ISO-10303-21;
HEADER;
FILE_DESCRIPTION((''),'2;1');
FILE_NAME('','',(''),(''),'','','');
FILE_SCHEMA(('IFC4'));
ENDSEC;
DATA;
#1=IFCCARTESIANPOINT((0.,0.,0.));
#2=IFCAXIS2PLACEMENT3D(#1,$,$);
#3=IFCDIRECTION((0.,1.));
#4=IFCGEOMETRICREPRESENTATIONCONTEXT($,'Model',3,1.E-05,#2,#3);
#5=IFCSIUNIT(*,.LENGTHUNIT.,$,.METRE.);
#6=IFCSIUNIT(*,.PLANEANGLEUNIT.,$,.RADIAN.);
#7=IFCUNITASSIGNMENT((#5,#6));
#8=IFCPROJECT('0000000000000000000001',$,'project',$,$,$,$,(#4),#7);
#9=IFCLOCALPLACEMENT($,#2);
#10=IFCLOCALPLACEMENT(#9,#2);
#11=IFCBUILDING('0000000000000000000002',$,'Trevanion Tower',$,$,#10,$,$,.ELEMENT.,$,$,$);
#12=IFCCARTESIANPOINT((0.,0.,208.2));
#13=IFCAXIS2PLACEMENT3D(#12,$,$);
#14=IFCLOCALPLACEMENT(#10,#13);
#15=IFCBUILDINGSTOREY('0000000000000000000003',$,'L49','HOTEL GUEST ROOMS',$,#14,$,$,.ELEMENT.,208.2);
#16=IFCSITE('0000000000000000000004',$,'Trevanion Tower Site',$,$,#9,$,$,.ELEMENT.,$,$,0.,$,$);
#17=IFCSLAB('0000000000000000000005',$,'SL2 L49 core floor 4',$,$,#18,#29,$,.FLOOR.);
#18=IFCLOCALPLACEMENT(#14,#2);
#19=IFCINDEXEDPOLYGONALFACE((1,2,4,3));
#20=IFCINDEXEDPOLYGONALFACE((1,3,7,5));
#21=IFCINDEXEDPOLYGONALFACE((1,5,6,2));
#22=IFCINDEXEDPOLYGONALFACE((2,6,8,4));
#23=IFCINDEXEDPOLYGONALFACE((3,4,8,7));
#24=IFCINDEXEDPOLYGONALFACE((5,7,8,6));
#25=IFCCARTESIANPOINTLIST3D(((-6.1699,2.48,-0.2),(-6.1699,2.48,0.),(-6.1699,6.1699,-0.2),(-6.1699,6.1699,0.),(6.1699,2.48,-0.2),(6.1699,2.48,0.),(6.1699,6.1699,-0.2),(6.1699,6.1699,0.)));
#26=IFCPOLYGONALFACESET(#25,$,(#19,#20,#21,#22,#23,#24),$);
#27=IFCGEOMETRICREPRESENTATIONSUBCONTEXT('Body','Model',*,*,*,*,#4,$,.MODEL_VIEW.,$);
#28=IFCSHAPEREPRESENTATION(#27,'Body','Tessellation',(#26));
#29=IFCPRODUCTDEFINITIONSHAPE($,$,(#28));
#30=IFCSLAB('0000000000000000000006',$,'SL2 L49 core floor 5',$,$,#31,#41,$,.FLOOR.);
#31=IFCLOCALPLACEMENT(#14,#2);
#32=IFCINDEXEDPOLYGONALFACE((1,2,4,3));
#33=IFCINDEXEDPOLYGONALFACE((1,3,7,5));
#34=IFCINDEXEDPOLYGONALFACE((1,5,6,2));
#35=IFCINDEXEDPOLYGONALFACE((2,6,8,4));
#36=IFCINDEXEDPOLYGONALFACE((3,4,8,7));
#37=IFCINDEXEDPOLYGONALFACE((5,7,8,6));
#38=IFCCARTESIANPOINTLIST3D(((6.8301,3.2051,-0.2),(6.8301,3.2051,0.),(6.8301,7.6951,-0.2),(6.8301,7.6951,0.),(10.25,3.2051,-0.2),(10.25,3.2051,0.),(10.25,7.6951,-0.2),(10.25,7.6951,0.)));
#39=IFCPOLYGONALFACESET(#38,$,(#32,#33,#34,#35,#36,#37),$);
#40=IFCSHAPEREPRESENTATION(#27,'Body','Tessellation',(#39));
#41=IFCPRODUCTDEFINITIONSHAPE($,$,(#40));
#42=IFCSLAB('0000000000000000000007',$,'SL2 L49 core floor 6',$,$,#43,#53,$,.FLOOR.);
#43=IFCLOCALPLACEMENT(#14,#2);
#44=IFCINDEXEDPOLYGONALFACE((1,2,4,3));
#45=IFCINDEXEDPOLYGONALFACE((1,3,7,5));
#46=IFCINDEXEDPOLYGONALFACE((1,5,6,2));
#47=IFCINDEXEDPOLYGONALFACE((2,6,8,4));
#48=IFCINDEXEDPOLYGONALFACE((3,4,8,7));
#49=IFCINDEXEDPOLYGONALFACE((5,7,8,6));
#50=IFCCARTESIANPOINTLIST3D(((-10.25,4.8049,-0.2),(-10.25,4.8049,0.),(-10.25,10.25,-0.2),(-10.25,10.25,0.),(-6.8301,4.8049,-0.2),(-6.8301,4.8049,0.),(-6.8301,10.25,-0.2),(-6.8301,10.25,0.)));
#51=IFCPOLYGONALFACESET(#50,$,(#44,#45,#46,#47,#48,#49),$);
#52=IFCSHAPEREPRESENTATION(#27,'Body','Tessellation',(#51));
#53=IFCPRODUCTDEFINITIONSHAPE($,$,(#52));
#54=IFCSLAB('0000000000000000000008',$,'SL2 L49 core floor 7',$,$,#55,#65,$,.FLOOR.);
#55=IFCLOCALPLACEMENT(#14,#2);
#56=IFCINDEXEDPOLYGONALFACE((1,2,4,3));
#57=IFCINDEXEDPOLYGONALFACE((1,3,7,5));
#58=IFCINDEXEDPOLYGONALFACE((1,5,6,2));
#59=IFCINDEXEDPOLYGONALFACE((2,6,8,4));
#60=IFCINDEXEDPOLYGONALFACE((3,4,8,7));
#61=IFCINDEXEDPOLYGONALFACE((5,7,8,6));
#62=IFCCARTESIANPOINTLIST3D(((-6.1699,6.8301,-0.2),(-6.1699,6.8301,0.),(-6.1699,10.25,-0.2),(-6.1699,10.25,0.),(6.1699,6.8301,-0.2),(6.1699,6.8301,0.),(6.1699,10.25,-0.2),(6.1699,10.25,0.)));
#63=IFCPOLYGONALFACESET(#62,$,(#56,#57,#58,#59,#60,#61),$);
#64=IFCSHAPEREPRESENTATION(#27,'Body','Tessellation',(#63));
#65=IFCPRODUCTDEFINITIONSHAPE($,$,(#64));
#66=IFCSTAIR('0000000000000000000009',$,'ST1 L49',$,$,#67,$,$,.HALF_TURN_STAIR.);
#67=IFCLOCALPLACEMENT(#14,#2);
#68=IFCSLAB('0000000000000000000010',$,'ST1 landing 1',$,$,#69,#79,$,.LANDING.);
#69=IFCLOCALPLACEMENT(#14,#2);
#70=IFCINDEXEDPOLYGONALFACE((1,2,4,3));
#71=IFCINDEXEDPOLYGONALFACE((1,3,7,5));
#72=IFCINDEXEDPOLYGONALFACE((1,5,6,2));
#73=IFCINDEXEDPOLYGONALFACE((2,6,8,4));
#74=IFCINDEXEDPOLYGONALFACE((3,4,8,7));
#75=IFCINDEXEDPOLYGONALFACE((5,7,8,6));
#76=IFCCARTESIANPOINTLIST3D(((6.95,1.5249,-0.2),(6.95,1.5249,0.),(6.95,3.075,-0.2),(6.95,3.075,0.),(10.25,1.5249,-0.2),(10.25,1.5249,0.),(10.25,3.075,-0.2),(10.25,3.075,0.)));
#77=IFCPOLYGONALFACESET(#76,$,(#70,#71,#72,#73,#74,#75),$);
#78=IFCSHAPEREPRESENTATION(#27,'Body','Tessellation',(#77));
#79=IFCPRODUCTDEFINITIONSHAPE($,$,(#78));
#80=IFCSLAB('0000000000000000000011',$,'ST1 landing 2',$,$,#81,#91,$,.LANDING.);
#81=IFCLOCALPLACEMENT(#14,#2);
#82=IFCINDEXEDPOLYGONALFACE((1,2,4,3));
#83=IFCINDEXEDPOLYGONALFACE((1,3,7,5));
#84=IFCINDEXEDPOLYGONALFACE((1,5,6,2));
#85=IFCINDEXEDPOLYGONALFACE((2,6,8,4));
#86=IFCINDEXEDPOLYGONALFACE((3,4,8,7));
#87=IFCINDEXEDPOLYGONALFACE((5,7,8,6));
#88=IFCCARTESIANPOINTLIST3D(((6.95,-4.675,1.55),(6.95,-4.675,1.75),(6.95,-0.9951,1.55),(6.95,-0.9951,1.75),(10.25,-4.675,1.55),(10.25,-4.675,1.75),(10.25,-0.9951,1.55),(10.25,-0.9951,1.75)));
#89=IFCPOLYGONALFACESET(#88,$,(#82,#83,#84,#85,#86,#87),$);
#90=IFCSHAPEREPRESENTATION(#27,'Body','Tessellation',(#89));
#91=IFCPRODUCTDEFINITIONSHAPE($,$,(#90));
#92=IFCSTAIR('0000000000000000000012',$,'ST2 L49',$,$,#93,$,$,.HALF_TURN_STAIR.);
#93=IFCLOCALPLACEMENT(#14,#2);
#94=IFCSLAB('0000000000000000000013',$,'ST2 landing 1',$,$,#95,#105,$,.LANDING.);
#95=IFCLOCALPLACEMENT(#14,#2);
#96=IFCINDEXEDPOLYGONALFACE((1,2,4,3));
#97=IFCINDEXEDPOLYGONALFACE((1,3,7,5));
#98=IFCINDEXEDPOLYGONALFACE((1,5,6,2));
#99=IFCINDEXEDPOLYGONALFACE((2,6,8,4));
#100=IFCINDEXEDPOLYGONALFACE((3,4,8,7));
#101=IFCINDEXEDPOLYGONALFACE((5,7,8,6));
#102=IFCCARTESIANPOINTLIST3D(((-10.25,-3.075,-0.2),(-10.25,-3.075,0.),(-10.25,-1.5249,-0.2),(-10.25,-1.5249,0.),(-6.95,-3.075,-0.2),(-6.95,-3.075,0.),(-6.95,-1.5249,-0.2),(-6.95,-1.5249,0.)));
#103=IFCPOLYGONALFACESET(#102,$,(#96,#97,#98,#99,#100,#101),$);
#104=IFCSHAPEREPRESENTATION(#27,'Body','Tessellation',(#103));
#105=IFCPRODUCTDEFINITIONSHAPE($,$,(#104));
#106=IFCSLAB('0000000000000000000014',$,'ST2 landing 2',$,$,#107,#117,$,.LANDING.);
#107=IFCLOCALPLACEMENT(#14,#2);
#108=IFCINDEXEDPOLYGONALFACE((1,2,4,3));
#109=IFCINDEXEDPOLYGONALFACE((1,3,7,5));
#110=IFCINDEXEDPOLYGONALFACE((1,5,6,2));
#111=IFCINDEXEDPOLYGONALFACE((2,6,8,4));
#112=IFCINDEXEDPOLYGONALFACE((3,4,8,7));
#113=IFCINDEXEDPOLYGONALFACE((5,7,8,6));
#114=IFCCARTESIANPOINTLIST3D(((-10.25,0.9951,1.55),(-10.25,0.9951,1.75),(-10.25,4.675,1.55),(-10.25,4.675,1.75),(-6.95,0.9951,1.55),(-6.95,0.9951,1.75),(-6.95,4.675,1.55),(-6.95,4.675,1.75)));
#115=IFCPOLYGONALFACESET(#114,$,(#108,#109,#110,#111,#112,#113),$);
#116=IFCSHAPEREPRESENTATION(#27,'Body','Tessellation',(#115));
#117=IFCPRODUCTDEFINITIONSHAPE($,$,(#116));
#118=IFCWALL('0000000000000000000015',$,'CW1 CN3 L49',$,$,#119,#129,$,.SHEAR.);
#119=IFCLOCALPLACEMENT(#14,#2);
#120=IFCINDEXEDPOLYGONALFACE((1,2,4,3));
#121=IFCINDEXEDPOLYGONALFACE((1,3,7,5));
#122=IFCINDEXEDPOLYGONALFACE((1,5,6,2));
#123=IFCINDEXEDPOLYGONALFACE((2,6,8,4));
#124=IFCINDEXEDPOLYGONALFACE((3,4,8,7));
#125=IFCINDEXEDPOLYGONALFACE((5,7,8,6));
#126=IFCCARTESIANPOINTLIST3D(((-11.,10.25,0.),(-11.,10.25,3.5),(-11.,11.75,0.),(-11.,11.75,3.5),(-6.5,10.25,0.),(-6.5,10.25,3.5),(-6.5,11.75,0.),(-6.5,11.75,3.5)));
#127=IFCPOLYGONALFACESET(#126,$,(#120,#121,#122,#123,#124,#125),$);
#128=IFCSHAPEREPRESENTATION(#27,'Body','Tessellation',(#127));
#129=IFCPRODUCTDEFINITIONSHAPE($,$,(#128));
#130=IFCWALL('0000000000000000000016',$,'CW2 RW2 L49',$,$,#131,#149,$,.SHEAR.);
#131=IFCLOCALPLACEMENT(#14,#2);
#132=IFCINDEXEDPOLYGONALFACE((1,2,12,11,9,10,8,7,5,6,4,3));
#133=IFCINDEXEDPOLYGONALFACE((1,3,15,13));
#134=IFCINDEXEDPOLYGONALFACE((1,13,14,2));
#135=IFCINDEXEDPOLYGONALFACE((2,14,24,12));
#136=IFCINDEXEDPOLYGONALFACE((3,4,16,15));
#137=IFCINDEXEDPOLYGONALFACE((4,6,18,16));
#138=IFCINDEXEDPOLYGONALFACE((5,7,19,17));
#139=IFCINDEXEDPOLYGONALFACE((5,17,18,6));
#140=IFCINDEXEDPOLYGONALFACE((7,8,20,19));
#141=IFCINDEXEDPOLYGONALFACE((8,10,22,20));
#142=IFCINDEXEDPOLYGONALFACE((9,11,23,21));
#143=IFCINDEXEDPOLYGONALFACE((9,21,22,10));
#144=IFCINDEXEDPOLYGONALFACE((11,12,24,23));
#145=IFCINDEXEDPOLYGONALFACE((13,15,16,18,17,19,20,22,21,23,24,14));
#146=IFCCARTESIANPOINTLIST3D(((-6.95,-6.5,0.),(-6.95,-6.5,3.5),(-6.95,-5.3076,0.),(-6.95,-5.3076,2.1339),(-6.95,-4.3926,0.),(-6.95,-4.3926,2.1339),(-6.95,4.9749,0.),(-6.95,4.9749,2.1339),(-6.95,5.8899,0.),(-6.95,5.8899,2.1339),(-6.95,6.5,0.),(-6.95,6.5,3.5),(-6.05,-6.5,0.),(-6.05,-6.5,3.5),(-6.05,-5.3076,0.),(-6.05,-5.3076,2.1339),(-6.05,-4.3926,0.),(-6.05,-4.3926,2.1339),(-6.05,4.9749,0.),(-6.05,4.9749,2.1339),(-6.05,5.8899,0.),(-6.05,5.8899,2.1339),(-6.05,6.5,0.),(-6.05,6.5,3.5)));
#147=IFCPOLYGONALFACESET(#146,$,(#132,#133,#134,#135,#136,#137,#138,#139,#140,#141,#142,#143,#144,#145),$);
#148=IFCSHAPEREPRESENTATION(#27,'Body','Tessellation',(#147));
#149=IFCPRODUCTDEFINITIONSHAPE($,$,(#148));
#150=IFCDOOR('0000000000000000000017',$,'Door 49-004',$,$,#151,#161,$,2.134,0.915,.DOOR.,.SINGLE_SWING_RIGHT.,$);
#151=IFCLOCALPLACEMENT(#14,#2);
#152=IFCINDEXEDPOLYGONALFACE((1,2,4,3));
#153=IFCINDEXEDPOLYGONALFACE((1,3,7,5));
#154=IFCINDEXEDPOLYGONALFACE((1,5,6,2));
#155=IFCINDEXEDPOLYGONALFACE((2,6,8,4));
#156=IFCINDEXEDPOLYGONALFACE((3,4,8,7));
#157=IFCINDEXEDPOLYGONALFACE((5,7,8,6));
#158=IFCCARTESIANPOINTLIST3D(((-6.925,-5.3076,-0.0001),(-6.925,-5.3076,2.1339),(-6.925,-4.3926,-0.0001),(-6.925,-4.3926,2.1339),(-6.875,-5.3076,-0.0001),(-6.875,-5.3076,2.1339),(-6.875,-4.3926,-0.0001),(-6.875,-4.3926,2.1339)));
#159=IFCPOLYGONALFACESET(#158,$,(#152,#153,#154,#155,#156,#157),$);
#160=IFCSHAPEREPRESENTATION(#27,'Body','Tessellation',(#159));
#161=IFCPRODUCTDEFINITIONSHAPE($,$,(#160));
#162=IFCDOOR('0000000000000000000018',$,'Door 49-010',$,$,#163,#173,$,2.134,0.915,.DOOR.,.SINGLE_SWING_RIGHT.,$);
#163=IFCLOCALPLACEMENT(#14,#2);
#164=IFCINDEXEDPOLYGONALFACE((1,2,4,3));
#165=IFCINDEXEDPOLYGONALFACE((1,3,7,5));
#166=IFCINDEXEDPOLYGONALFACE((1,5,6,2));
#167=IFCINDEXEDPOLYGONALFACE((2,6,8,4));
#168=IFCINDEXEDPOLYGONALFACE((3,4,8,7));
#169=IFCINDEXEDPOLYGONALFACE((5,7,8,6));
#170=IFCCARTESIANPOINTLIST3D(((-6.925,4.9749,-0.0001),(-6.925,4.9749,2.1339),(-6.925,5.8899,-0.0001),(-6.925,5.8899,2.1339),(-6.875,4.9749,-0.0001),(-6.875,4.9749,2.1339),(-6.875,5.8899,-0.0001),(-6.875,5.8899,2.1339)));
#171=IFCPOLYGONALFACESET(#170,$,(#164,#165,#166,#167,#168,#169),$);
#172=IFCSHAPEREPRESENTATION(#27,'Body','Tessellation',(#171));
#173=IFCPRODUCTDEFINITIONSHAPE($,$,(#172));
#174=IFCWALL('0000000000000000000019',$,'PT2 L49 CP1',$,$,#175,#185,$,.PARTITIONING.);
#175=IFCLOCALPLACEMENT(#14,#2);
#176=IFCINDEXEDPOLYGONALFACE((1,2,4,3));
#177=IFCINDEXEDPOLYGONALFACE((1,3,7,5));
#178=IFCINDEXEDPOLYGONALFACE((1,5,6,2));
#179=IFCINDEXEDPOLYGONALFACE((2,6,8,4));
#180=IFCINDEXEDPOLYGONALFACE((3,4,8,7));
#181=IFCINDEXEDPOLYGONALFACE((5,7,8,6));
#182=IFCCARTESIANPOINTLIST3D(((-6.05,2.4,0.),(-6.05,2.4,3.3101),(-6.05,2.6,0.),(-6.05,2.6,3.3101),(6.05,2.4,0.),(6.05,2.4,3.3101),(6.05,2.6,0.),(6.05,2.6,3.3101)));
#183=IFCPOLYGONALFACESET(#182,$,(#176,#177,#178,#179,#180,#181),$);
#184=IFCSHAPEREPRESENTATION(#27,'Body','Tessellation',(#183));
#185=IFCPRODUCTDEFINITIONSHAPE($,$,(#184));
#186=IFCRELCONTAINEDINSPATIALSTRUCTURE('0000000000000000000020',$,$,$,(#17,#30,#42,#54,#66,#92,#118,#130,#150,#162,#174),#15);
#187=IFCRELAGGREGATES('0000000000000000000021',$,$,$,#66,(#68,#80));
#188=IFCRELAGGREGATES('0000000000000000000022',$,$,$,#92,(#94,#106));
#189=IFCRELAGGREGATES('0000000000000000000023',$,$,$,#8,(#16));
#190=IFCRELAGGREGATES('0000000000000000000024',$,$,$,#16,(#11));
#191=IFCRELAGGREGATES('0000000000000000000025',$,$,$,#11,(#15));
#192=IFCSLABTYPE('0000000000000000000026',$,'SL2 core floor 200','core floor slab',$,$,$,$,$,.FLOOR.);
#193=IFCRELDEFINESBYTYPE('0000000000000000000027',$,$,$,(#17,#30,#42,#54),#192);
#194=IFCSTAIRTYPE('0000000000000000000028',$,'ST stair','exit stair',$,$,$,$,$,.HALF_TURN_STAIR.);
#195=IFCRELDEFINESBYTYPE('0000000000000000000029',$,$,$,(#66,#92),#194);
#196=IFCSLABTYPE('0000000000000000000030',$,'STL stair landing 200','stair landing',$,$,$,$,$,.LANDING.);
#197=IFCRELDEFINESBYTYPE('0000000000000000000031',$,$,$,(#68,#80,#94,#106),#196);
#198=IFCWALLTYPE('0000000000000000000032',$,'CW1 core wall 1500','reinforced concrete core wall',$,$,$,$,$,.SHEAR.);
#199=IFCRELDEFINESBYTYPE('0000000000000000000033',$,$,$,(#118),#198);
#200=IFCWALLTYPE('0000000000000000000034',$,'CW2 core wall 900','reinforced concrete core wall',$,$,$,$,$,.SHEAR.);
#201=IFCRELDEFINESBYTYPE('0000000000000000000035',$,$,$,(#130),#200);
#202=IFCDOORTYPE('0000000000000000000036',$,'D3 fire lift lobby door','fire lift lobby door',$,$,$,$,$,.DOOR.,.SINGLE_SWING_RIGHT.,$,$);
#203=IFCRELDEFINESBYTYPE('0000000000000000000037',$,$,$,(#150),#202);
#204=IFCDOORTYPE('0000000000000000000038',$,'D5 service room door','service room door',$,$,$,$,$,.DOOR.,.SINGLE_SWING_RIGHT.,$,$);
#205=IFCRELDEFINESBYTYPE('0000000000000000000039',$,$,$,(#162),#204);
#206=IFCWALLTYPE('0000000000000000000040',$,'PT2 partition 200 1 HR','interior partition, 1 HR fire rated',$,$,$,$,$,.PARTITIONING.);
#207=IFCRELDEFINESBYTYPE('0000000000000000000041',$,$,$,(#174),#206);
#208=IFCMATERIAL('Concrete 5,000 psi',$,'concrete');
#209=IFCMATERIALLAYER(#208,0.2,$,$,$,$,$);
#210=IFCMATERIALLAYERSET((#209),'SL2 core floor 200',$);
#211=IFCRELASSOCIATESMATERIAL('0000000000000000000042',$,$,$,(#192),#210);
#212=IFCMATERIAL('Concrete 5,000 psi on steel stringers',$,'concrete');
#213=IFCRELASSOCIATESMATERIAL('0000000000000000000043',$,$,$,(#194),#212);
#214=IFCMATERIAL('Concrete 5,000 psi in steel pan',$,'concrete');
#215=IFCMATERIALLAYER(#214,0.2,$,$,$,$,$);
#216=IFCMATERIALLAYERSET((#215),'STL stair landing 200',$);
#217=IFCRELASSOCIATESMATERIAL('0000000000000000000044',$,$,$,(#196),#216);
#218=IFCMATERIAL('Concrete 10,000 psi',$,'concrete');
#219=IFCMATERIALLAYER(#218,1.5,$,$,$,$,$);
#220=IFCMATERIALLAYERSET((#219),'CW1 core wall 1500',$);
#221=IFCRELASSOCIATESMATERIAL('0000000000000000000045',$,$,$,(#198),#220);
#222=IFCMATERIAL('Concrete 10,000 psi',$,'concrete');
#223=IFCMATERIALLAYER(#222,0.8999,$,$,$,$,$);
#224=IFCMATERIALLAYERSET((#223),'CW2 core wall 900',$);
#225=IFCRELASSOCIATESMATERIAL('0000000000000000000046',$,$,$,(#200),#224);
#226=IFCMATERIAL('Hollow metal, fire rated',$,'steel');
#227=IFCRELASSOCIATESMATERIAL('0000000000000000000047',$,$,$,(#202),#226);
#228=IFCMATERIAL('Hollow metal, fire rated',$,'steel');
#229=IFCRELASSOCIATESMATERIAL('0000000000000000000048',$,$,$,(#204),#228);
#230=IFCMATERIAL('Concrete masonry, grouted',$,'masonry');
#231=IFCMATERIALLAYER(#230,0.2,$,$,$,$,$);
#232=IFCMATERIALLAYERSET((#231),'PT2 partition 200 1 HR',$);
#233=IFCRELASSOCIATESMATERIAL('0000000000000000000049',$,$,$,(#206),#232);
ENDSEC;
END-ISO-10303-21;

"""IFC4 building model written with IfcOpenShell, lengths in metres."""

from ifc_helpers import new_model, si_unit, direction, frame, frame_2d, origin, place, context, subcontext, project, spatial, polyline, rectangle, outline, extrude, material, layer, layer_set, type_object, element, fill, aggregate, save


model = new_model("IFC4")

# Units and contexts
model_context = context("Model", 3, precision=1e-05, world=origin(), true_north=direction((0.0, 1.0)))
body_context = subcontext(model_context, "Body", "Model", "MODEL_VIEW")
ifc_project = project(units=[si_unit("LENGTHUNIT", "METRE"), si_unit("PLANEANGLEUNIT", "RADIAN")], contexts=[model_context])

# Site, building, storey
site_placement = place(None, origin())
site = spatial("IfcSite", under=ifc_project, at=site_placement, Name="Trevanion Tower Site", CompositionType="ELEMENT", RefElevation=0.0)
building_placement = place(site_placement, origin())
building = spatial("IfcBuilding", under=site, at=building_placement, Name="Trevanion Tower", CompositionType="ELEMENT")
storey_placement = place(building_placement, frame((0.0, 0.0, 208.2)))
storey = spatial("IfcBuildingStorey", under=building, at=storey_placement, Name="L49", Description="HOTEL GUEST ROOMS", CompositionType="ELEMENT", Elevation=208.2)

# Slabs
ifc_material_1 = material(Name="Concrete 5,000 psi", Category="concrete")
ifc_layer_1 = layer(ifc_material_1, 0.2)
ifc_layer_set_1 = layer_set([ifc_layer_1], Name="SL2 core floor 200")
slab_type_1 = type_object("IfcSlabType", Name="SL2 core floor 200", Description="core floor slab", PredefinedType="FLOOR", material=ifc_layer_set_1)
slab_1_placement = place(storey_placement, frame((0.0, 0.0, -0.2)))
element("IfcSlab", 1, at=slab_1_placement, inside=storey, type_object=slab_type_1, Name="SL2 L49 core floor 4", PredefinedType="FLOOR", context=body_context, shape_type="SweptSolid", body=[
    extrude(outline(polyline([(6.1699, 2.48), (-6.1699, 2.48), (-6.1699, 6.1699), (6.1699, 6.1699), (6.1699, 2.48)])), origin(), (0.0, 0.0, 1.0), 0.2),
])
slab_2_placement = place(storey_placement, frame((0.0, 0.0, -0.2)))
element("IfcSlab", 2, at=slab_2_placement, inside=storey, type_object=slab_type_1, Name="SL2 L49 core floor 5", PredefinedType="FLOOR", context=body_context, shape_type="SweptSolid", body=[
    extrude(outline(polyline([(6.8301, 3.2051), (6.8301, 7.6951), (10.25, 7.6951), (10.25, 3.2051), (6.8301, 3.2051)])), origin(), (0.0, 0.0, 1.0), 0.2),
])
slab_3_placement = place(storey_placement, frame((0.0, 0.0, -0.2)))
element("IfcSlab", 3, at=slab_3_placement, inside=storey, type_object=slab_type_1, Name="SL2 L49 core floor 6", PredefinedType="FLOOR", context=body_context, shape_type="SweptSolid", body=[
    extrude(outline(polyline([(-6.8301, 4.8049), (-10.25, 4.8049), (-10.25, 10.25), (-6.8301, 10.25), (-6.8301, 4.8049)])), origin(), (0.0, 0.0, 1.0), 0.2),
])
slab_4_placement = place(storey_placement, frame((0.0, 0.0, -0.2)))
element("IfcSlab", 4, at=slab_4_placement, inside=storey, type_object=slab_type_1, Name="SL2 L49 core floor 7", PredefinedType="FLOOR", context=body_context, shape_type="SweptSolid", body=[
    extrude(outline(polyline([(6.1699, 6.8301), (-6.1699, 6.8301), (-6.1699, 10.25), (6.1699, 10.25), (6.1699, 6.8301)])), origin(), (0.0, 0.0, 1.0), 0.2),
])

# Stairs, slabs
ifc_material_2 = material(Name="Concrete 5,000 psi on steel stringers", Category="concrete")
stair_type = type_object("IfcStairType", Name="ST stair", Description="exit stair", PredefinedType="HALF_TURN_STAIR", material=ifc_material_2)
stair_1_placement = place(storey_placement, origin())
stair_1 = element("IfcStair", 5, at=stair_1_placement, inside=storey, type_object=stair_type, Name="ST1 L49", PredefinedType="HALF_TURN_STAIR")
ifc_material_3 = material(Name="Concrete 5,000 psi in steel pan", Category="concrete")
ifc_layer_2 = layer(ifc_material_3, 0.2)
ifc_layer_set_2 = layer_set([ifc_layer_2], Name="STL stair landing 200")
slab_type_2 = type_object("IfcSlabType", Name="STL stair landing 200", Description="stair landing", PredefinedType="LANDING", material=ifc_layer_set_2)
slab_5_placement = place(storey_placement, frame((0.0, 0.0, -0.2)))
slab_5 = element("IfcSlab", 6, at=slab_5_placement, type_object=slab_type_2, Name="ST1 landing 1", PredefinedType="LANDING", context=body_context, shape_type="SweptSolid", body=[
    extrude(outline(polyline([(6.95, 1.5249), (10.25, 1.5249), (10.25, 3.075), (6.95, 3.075), (6.95, 1.5249)])), origin(), (0.0, 0.0, 1.0), 0.2),
])
slab_6_placement = place(storey_placement, frame((0.0, 0.0, 1.55)))
slab_6 = element("IfcSlab", 7, at=slab_6_placement, type_object=slab_type_2, Name="ST1 landing 2", PredefinedType="LANDING", context=body_context, shape_type="SweptSolid", body=[
    extrude(outline(polyline([(6.95, -4.675), (10.25, -4.675), (10.25, -0.9951), (6.95, -0.9951), (6.95, -4.675)])), origin(), (0.0, 0.0, 1.0), 0.2),
])
aggregate(stair_1, [slab_5, slab_6])
stair_2_placement = place(storey_placement, origin())
stair_2 = element("IfcStair", 8, at=stair_2_placement, inside=storey, type_object=stair_type, Name="ST2 L49", PredefinedType="HALF_TURN_STAIR")
slab_7_placement = place(storey_placement, frame((0.0, 0.0, -0.2)))
slab_7 = element("IfcSlab", 9, at=slab_7_placement, type_object=slab_type_2, Name="ST2 landing 1", PredefinedType="LANDING", context=body_context, shape_type="SweptSolid", body=[
    extrude(outline(polyline([(-6.95, -1.5249), (-10.25, -1.5249), (-10.25, -3.075), (-6.95, -3.075), (-6.95, -1.5249)])), origin(), (0.0, 0.0, 1.0), 0.2),
])
slab_8_placement = place(storey_placement, frame((0.0, 0.0, 1.55)))
slab_8 = element("IfcSlab", 10, at=slab_8_placement, type_object=slab_type_2, Name="ST2 landing 2", PredefinedType="LANDING", context=body_context, shape_type="SweptSolid", body=[
    extrude(outline(polyline([(-6.95, 4.675), (-10.25, 4.675), (-10.25, 0.9951), (-6.95, 0.9951), (-6.95, 4.675)])), origin(), (0.0, 0.0, 1.0), 0.2),
])

# Wall
ifc_material_4 = material(Name="Concrete 10,000 psi", Category="concrete")
ifc_layer_3 = layer(ifc_material_4, 1.5)
ifc_layer_set_3 = layer_set([ifc_layer_3], Name="CW1 core wall 1500")
wall_type_1 = type_object("IfcWallType", Name="CW1 core wall 1500", Description="reinforced concrete core wall", PredefinedType="SHEAR", material=ifc_layer_set_3)
wall_1_placement = place(storey_placement, frame((-6.5, 11.0, 0.0), z_axis=(0.0, 0.0, 1.0), x_axis=(-1.0, 0.0, 0.0)))
element("IfcWall", 11, at=wall_1_placement, inside=storey, type_object=wall_type_1, Name="CW1 CN3 L49", PredefinedType="SHEAR", context=body_context, shape_type="SweptSolid", body=[
    extrude(rectangle(XDim=4.5, YDim=1.5, at=frame_2d((2.25, 0.0))), origin(), (0.0, 0.0, 1.0), 3.5),
])

# Wall, openings, doors
ifc_material_5 = material(Name="Concrete 10,000 psi", Category="concrete")
ifc_layer_4 = layer(ifc_material_5, 0.8999)
ifc_layer_set_4 = layer_set([ifc_layer_4], Name="CW2 core wall 900")
wall_type_2 = type_object("IfcWallType", Name="CW2 core wall 900", Description="reinforced concrete core wall", PredefinedType="SHEAR", material=ifc_layer_set_4)
wall_2_placement = place(storey_placement, frame((-6.5, 6.5, 0.0), z_axis=(0.0, 0.0, 1.0), x_axis=(0.0, -1.0, 0.0)))
wall_2 = element("IfcWall", 12, at=wall_2_placement, inside=storey, type_object=wall_type_2, Name="CW2 RW2 L49", PredefinedType="SHEAR", context=body_context, shape_type="SweptSolid", body=[
    extrude(rectangle(XDim=13.0, YDim=0.8999, at=frame_2d((6.5, 0.0))), origin(), (0.0, 0.0, 1.0), 3.5),
])
opening_1_placement = place(wall_2_placement, frame((10.8926, 0.0, 0.0)))
opening_1 = element("IfcOpeningElement", 13, at=opening_1_placement, cuts=wall_2, PredefinedType="OPENING", context=body_context, shape_type="SweptSolid", body=[
    extrude(rectangle(XDim=0.915, YDim=2.134, at=frame_2d((0.4575, 1.0669))), frame((0.0, 0.46, 0.0), z_axis=(0.0, -1.0, 0.0), x_axis=(1.0, 0.0, 0.0)), (0.0, 0.0, 1.0), 0.9199),
])
opening_2_placement = place(wall_2_placement, frame((0.6101, 0.0, 0.0)))
opening_2 = element("IfcOpeningElement", 14, at=opening_2_placement, cuts=wall_2, PredefinedType="OPENING", context=body_context, shape_type="SweptSolid", body=[
    extrude(rectangle(XDim=0.915, YDim=2.134, at=frame_2d((0.4575, 1.0669))), frame((0.0, 0.46, 0.0), z_axis=(0.0, -1.0, 0.0), x_axis=(1.0, 0.0, 0.0)), (0.0, 0.0, 1.0), 0.9199),
])
ifc_material_6 = material(Name="Hollow metal, fire rated", Category="steel")
door_type_1 = type_object("IfcDoorType", Name="D3 fire lift lobby door", Description="fire lift lobby door", OperationType="SINGLE_SWING_RIGHT", PredefinedType="DOOR", material=ifc_material_6)
door_1_placement = place(opening_1_placement, origin())
door_1 = element("IfcDoor", 15, at=door_1_placement, inside=storey, type_object=door_type_1, Name="Door 49-004", OperationType="SINGLE_SWING_RIGHT", OverallHeight=2.134, OverallWidth=0.915, PredefinedType="DOOR", context=body_context, shape_type="SweptSolid", body=[
    extrude(rectangle(XDim=0.915, YDim=2.134, at=frame_2d((0.4575, 1.0669))), frame((0.0, -0.375, 0.0), z_axis=(0.0, -1.0, 0.0), x_axis=(1.0, 0.0, 0.0)), (0.0, 0.0, 1.0), 0.05),
])
fill(opening_1, door_1)
ifc_material_7 = material(Name="Hollow metal, fire rated", Category="steel")
door_type_2 = type_object("IfcDoorType", Name="D5 service room door", Description="service room door", OperationType="SINGLE_SWING_RIGHT", PredefinedType="DOOR", material=ifc_material_7)
door_2_placement = place(opening_2_placement, origin())
door_2 = element("IfcDoor", 16, at=door_2_placement, inside=storey, type_object=door_type_2, Name="Door 49-010", OperationType="SINGLE_SWING_RIGHT", OverallHeight=2.134, OverallWidth=0.915, PredefinedType="DOOR", context=body_context, shape_type="SweptSolid", body=[
    extrude(rectangle(XDim=0.915, YDim=2.134, at=frame_2d((0.4575, 1.0669))), frame((0.0, -0.375, 0.0), z_axis=(0.0, -1.0, 0.0), x_axis=(1.0, 0.0, 0.0)), (0.0, 0.0, 1.0), 0.05),
])
fill(opening_2, door_2)

# Wall
ifc_material_8 = material(Name="Concrete masonry, grouted", Category="masonry")
ifc_layer_5 = layer(ifc_material_8, 0.2)
ifc_layer_set_5 = layer_set([ifc_layer_5], Name="PT2 partition 200 1 HR")
wall_type_3 = type_object("IfcWallType", Name="PT2 partition 200 1 HR", Description="interior partition, 1 HR fire rated", PredefinedType="PARTITIONING", material=ifc_layer_set_5)
wall_3_placement = place(storey_placement, frame((-6.05, 2.5, 0.0), z_axis=(0.0, 0.0, 1.0), x_axis=(1.0, 0.0, 0.0)))
element("IfcWall", 17, at=wall_3_placement, inside=storey, type_object=wall_type_3, Name="PT2 L49 CP1", PredefinedType="PARTITIONING", context=body_context, shape_type="SweptSolid", body=[
    extrude(rectangle(XDim=12.1001, YDim=0.2, at=frame_2d((6.05, 0.0))), origin(), (0.0, 0.0, 1.0), 3.3101),
])

aggregate(stair_2, [slab_7, slab_8])

save(model, "model.ifc")
